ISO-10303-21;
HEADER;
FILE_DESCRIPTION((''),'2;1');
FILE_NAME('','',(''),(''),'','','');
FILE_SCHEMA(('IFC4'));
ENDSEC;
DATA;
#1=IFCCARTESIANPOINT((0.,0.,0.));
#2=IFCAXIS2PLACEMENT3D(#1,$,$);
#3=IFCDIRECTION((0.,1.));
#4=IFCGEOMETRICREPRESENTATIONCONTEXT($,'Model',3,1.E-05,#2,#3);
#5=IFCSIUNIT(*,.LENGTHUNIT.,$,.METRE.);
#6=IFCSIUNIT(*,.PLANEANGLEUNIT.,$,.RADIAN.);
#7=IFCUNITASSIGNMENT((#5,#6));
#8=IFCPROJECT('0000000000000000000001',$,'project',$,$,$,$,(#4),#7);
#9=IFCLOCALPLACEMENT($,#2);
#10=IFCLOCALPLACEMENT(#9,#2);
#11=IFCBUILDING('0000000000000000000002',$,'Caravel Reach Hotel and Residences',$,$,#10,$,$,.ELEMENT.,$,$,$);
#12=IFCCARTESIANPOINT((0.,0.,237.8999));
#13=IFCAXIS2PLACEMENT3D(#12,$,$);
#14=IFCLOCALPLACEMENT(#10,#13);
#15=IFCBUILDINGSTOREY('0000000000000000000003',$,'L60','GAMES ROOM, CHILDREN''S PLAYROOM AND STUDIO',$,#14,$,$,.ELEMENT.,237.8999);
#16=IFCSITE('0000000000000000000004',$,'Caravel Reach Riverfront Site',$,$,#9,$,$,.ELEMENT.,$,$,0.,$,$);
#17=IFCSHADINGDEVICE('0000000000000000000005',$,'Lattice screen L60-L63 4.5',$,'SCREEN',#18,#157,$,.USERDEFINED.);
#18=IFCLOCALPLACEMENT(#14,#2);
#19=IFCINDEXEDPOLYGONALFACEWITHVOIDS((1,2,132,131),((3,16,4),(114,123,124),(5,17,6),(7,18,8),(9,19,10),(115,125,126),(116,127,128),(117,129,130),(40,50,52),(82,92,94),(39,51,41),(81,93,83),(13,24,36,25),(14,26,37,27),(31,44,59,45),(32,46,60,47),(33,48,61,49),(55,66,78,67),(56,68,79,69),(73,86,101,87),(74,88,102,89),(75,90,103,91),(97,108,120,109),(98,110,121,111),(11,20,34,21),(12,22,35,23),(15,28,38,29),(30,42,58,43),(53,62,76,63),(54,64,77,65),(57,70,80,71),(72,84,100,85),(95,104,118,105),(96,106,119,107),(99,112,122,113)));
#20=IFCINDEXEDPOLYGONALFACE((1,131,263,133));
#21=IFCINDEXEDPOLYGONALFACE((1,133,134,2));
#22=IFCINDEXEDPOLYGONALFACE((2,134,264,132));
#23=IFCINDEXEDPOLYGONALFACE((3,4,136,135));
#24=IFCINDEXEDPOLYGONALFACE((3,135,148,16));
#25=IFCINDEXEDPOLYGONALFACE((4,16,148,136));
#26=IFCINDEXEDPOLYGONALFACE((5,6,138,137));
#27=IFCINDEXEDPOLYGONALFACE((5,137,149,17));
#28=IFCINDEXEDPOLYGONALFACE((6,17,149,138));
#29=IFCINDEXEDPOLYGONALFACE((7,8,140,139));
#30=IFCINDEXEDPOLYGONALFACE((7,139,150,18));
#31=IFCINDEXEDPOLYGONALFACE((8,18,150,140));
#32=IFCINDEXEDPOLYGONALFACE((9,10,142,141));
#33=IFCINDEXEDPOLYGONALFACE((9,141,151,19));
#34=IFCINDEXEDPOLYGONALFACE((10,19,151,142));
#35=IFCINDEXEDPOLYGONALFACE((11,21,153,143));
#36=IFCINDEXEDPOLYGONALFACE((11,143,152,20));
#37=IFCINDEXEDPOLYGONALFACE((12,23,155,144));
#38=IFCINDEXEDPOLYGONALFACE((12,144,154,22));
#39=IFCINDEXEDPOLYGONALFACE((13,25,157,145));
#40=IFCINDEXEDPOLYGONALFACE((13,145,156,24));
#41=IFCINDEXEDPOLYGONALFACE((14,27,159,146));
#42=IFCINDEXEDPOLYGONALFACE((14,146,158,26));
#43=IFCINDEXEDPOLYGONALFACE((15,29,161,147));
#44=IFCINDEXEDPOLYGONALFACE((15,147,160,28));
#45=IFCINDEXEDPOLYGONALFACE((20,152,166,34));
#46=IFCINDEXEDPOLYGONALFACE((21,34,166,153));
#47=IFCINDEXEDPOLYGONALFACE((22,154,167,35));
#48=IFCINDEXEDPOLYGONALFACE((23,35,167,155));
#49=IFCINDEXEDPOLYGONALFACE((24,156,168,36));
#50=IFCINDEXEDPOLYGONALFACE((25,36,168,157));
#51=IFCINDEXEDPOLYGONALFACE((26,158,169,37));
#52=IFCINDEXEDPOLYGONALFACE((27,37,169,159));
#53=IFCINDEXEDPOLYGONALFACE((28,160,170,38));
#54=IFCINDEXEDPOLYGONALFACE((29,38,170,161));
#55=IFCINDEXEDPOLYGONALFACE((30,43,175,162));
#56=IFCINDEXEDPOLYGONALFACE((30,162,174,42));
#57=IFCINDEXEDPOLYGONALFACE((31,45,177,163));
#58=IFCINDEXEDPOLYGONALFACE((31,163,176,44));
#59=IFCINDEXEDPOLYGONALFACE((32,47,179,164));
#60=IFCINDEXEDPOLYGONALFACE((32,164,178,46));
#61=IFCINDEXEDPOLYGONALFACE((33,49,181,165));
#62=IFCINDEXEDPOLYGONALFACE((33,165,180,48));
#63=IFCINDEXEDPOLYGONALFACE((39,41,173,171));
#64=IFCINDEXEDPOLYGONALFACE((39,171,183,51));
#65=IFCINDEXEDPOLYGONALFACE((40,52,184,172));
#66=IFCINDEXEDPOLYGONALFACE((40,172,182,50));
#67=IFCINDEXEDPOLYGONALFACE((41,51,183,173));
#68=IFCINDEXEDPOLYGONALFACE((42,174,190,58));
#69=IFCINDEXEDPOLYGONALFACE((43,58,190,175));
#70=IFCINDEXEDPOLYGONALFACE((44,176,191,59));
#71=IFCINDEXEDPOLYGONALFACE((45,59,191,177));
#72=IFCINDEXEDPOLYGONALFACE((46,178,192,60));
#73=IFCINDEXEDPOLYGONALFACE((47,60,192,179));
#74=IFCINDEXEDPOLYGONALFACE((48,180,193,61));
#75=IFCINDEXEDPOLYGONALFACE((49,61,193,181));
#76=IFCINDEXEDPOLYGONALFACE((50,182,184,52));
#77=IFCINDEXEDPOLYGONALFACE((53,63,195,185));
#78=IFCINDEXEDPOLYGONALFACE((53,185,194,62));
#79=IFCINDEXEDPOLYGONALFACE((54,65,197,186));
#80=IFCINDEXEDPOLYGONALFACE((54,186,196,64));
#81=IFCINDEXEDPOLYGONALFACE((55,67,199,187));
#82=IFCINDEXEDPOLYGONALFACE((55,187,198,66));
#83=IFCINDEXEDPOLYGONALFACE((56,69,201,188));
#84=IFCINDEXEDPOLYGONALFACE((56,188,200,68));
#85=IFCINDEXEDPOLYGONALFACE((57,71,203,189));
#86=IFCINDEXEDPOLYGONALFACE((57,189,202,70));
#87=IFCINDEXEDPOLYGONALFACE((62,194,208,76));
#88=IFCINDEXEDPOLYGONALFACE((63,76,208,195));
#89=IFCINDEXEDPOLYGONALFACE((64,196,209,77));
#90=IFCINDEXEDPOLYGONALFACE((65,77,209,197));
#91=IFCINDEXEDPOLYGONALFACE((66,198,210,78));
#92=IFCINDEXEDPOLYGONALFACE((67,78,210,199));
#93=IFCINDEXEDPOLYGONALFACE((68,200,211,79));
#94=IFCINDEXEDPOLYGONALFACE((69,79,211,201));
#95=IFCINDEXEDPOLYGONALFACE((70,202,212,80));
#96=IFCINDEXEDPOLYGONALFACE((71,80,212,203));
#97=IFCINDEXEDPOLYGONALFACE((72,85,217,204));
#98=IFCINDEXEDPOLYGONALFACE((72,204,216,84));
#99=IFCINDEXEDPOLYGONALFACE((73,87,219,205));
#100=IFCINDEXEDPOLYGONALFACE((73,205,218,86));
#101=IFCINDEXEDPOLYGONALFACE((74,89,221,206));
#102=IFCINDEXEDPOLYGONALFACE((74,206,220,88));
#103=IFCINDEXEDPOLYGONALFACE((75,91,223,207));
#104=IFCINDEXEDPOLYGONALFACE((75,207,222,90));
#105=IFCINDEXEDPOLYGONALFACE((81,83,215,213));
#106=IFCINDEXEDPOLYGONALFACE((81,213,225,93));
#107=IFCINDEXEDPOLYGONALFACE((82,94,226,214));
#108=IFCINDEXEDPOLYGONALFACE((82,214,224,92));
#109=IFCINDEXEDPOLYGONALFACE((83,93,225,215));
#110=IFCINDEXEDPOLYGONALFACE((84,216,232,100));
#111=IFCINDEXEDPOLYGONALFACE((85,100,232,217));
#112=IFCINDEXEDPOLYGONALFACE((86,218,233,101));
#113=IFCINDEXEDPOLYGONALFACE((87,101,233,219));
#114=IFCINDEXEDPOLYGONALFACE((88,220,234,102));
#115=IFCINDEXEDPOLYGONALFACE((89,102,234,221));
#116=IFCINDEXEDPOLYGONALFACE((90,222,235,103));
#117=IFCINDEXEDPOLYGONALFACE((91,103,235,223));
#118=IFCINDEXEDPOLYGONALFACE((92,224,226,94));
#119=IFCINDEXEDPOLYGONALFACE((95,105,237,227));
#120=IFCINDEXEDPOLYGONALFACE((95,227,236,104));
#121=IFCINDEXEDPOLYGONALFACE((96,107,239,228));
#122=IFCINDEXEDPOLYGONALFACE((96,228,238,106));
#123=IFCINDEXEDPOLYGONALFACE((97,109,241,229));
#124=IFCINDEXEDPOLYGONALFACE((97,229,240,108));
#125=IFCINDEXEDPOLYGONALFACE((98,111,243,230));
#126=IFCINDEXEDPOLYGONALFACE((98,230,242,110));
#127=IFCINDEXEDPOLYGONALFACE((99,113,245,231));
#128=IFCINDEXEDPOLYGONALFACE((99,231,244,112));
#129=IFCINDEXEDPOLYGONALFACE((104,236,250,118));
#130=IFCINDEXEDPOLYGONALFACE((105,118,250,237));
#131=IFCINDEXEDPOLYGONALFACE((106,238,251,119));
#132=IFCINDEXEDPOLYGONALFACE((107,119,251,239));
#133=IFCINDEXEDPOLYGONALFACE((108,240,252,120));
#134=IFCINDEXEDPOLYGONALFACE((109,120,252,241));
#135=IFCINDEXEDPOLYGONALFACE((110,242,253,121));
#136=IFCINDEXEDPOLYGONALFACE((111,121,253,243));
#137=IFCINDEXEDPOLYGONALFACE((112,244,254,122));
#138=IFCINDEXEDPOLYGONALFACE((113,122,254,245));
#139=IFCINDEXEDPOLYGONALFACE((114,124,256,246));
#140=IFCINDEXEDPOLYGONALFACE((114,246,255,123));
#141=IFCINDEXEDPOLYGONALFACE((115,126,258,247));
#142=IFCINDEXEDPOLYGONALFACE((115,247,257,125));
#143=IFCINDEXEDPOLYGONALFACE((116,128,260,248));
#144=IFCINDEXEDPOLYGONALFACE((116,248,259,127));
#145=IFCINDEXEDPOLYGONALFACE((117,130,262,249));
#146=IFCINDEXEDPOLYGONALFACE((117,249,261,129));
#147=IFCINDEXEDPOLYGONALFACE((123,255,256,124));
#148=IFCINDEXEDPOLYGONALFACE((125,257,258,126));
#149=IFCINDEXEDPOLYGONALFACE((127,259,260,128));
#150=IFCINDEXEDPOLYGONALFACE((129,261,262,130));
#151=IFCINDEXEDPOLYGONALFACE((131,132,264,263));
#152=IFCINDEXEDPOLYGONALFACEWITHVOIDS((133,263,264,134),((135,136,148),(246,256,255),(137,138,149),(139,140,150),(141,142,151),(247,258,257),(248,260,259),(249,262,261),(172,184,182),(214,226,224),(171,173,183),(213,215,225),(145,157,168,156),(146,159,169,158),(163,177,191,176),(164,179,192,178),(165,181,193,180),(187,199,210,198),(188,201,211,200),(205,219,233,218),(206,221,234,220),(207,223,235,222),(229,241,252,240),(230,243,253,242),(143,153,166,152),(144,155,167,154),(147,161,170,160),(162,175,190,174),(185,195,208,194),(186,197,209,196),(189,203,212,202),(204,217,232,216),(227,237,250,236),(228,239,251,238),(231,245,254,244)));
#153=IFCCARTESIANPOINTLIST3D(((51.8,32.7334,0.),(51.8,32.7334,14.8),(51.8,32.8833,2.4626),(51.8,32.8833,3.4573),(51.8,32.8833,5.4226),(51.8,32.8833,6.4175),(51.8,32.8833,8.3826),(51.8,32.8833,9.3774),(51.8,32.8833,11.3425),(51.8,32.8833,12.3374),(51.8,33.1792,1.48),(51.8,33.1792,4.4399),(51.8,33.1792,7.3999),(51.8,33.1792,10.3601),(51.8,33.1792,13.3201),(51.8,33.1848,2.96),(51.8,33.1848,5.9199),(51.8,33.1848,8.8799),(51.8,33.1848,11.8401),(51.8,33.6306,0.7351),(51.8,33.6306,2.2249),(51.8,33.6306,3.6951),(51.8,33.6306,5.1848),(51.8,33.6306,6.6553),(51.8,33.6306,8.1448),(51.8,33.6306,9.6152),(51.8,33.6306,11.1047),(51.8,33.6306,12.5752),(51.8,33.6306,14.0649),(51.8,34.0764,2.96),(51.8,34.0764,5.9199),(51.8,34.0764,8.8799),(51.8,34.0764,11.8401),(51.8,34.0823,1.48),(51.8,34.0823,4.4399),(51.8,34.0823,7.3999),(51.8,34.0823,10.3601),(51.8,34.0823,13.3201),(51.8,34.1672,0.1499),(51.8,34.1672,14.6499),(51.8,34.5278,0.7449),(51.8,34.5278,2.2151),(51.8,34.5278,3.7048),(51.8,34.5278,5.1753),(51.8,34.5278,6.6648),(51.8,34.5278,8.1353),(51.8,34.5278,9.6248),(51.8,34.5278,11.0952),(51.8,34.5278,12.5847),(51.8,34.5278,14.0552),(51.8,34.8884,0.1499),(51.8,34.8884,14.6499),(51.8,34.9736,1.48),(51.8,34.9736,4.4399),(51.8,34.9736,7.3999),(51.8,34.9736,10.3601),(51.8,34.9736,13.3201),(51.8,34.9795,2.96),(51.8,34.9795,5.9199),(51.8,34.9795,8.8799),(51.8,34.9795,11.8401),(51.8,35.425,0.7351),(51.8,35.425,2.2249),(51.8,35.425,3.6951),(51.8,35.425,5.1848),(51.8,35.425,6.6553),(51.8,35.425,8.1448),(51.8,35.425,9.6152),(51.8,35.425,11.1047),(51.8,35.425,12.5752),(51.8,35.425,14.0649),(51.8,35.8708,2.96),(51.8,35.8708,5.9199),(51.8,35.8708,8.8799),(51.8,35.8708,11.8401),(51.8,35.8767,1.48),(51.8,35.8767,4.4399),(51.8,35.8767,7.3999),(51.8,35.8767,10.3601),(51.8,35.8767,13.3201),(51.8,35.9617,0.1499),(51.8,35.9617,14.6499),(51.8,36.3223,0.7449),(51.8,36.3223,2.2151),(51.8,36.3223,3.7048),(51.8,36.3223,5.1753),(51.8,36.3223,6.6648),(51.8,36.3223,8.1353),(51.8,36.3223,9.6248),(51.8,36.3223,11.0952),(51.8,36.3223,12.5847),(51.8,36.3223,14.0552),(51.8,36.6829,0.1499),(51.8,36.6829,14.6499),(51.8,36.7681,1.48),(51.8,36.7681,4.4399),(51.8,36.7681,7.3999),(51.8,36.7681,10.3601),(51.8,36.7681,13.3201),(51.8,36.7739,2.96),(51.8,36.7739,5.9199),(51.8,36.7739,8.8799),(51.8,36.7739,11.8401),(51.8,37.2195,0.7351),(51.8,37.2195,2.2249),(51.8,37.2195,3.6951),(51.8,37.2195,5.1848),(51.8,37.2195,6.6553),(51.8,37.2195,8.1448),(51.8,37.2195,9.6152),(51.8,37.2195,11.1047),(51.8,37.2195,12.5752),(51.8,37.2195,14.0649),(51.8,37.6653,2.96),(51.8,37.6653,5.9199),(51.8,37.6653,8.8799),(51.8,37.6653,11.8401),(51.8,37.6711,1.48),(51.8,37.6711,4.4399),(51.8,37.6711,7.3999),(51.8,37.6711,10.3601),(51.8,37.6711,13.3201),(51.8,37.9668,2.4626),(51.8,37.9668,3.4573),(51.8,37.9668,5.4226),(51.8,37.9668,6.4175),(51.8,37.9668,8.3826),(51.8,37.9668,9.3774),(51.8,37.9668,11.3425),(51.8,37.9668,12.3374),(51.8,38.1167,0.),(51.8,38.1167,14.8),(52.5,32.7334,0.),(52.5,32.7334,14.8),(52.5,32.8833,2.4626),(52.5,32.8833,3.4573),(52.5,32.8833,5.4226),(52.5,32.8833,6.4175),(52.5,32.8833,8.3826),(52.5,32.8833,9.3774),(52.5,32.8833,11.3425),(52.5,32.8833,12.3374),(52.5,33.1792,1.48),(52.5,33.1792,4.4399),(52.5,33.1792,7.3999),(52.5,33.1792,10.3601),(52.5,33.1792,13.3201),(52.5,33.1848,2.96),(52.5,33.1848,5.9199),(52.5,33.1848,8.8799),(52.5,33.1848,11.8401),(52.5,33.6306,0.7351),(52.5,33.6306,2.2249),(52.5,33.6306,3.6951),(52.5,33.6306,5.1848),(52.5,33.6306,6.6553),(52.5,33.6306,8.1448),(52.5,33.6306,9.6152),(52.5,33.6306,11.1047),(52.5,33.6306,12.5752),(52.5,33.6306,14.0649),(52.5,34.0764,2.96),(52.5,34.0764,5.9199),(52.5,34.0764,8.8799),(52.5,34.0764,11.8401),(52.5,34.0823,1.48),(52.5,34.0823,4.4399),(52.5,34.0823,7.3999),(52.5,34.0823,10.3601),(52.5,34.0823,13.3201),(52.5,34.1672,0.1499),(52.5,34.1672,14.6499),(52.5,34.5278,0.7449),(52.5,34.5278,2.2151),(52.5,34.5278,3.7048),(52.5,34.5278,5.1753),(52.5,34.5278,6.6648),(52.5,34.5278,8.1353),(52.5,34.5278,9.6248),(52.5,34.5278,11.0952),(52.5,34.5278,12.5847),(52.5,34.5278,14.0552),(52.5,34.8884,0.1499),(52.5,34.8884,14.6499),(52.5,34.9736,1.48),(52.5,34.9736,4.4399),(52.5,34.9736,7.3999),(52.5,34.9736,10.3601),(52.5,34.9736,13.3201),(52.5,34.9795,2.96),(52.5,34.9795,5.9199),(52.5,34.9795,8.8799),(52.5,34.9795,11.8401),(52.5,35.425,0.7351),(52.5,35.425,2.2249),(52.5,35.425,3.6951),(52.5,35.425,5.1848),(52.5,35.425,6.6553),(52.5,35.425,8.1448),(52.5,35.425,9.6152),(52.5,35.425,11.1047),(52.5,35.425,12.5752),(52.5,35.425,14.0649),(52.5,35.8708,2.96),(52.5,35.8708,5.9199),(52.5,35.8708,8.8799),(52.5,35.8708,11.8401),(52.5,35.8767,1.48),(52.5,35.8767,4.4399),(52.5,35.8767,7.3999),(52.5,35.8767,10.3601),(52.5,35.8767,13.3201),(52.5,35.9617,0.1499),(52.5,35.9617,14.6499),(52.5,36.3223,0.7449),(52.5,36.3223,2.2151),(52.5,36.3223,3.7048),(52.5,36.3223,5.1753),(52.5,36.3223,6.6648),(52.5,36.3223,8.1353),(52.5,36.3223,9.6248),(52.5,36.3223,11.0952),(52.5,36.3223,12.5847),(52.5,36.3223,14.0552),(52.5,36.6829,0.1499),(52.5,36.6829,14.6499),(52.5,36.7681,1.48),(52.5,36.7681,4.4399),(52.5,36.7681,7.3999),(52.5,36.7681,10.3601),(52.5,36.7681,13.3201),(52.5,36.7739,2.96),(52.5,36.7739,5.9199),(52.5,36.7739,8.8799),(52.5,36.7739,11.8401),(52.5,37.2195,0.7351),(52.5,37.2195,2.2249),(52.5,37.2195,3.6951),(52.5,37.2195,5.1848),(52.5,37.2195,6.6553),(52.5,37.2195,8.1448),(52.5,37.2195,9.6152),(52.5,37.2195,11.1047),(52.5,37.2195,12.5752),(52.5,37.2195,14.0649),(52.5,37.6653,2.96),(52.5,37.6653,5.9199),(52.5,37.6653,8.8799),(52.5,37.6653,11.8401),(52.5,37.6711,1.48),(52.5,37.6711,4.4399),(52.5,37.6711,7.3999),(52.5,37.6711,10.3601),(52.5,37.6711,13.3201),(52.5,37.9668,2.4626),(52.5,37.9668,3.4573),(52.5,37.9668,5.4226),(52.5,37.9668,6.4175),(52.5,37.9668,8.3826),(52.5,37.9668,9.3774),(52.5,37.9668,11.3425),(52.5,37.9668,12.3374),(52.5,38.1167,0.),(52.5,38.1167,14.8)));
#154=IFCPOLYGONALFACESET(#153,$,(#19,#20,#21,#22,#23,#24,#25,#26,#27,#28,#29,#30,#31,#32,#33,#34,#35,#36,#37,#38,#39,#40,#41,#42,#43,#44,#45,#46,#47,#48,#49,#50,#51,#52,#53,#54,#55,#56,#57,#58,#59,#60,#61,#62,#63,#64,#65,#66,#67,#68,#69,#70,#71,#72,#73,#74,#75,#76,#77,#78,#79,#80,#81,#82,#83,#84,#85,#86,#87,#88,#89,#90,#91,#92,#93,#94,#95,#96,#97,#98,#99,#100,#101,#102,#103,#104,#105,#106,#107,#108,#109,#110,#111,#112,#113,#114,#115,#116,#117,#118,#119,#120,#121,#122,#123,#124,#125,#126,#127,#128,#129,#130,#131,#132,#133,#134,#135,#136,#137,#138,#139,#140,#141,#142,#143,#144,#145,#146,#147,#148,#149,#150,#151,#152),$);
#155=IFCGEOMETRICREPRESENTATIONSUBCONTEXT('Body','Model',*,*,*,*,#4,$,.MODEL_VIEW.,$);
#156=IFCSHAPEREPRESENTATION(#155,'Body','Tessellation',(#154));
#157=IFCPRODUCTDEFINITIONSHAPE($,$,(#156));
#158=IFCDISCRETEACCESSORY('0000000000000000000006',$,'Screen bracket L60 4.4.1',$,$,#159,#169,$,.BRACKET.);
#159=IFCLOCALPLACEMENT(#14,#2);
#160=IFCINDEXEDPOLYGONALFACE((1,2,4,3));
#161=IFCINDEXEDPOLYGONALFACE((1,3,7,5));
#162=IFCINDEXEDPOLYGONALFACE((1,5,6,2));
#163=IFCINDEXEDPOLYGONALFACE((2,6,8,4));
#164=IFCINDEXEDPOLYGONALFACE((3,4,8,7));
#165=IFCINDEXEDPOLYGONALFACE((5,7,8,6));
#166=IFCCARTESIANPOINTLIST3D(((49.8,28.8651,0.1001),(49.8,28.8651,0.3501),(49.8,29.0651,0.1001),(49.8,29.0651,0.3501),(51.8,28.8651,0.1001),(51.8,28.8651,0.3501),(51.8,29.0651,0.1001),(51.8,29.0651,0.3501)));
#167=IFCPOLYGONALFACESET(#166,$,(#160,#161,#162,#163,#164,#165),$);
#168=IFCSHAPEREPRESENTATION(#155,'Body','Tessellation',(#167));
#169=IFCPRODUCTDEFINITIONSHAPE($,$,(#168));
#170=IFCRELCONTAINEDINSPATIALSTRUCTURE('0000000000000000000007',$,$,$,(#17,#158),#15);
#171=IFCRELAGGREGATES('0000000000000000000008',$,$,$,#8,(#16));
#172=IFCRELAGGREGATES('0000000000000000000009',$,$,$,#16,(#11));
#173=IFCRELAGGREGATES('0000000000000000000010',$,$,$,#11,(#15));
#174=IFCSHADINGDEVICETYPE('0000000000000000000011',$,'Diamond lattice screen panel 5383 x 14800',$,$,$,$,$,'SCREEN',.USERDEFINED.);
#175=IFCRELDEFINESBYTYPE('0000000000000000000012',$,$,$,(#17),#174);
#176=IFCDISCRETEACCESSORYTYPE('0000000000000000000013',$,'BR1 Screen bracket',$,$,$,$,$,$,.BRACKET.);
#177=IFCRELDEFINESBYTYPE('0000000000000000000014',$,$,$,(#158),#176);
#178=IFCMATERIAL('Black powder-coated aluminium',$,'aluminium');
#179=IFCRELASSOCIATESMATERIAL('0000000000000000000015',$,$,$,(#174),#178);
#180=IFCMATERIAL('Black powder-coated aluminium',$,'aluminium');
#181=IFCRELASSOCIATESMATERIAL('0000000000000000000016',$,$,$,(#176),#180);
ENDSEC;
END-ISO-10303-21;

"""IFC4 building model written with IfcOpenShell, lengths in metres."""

from ifc_helpers import new_model, si_unit, direction, frame, origin, origin_2d, place, context, subcontext, project, spatial, polyline, rectangle, outline, extrude, material, type_object, element, save


model = new_model("IFC4")

# Units and contexts
model_context = context("Model", 3, precision=1e-05, world=origin(), true_north=direction((0.0, 1.0)))
body_context = subcontext(model_context, "Body", "Model", "MODEL_VIEW")
ifc_project = project(units=[si_unit("LENGTHUNIT", "METRE"), si_unit("PLANEANGLEUNIT", "RADIAN")], contexts=[model_context])

# Site, building, storey
site_placement = place(None, origin())
site = spatial("IfcSite", under=ifc_project, at=site_placement, Name="Caravel Reach Riverfront Site", CompositionType="ELEMENT", RefElevation=0.0)
building_placement = place(site_placement, origin())
building = spatial("IfcBuilding", under=site, at=building_placement, Name="Caravel Reach Hotel and Residences", CompositionType="ELEMENT")
storey_placement = place(building_placement, frame((0.0, 0.0, 237.8999)))
storey = spatial("IfcBuildingStorey", under=building, at=storey_placement, Name="L60", Description="GAMES ROOM, CHILDREN'S PLAYROOM AND STUDIO", CompositionType="ELEMENT", Elevation=237.8999)

# Shading device
ifc_material_1 = material(Name="Black powder-coated aluminium", Category="aluminium")
shading_device_type = type_object("IfcShadingDeviceType", Name="Diamond lattice screen panel 5383 x 14800", ElementType="SCREEN", PredefinedType="USERDEFINED", material=ifc_material_1)
shading_device_placement = place(storey_placement, frame((51.8, 32.7334, 0.0), z_axis=(1.0, 0.0, 0.0), x_axis=(0.0, 1.0, 0.0)))
element("IfcShadingDevice", 1, at=shading_device_placement, inside=storey, type_object=shading_device_type, Name="Lattice screen L60-L63 4.5", ObjectType="SCREEN", PredefinedType="USERDEFINED", context=body_context, shape_type="SweptSolid", body=[
    extrude(outline(polyline([(0.0, 0.0), (5.3833, 0.0), (5.3833, 14.8), (0.0, 14.8), (0.0, 0.0)]), holes=[polyline([(0.4514, 2.96), (0.1499, 3.4573), (0.1499, 2.4626), (0.4514, 2.96)]), polyline([(0.4514, 5.9199), (0.1499, 6.4175), (0.1499, 5.4226), (0.4514, 5.9199)]), polyline([(0.4514, 8.8799), (0.1499, 9.3774), (0.1499, 8.3826), (0.4514, 8.8799)]), polyline([(0.4514, 11.8401), (0.1499, 12.3374), (0.1499, 11.3425), (0.4514, 11.8401)]), polyline([(0.8972, 2.2249), (0.4458, 1.48), (0.8972, 0.7351), (1.3489, 1.48), (0.8972, 2.2249)]), polyline([(0.8972, 5.1848), (0.4458, 4.4399), (0.8972, 3.6951), (1.3489, 4.4399), (0.8972, 5.1848)]), polyline([(0.8972, 8.1448), (0.4458, 7.3999), (0.8972, 6.6553), (1.3489, 7.3999), (0.8972, 8.1448)]), polyline([(0.8972, 11.1047), (0.4458, 10.3601), (0.8972, 9.6152), (1.3489, 10.3601), (0.8972, 11.1047)]), polyline([(0.8972, 14.0649), (0.4458, 13.3201), (0.8972, 12.5752), (1.3489, 13.3201), (0.8972, 14.0649)]), polyline([(1.7944, 0.7449), (1.4338, 0.1499), (2.155, 0.1499), (1.7944, 0.7449)]), polyline([(1.7944, 3.7048), (1.343, 2.96), (1.7944, 2.2151), (2.2461, 2.96), (1.7944, 3.7048)]), polyline([(1.7944, 6.6648), (1.343, 5.9199), (1.7944, 5.1753), (2.2461, 5.9199), (1.7944, 6.6648)]), polyline([(1.7944, 9.6248), (1.343, 8.8799), (1.7944, 8.1353), (2.2461, 8.8799), (1.7944, 9.6248)]), polyline([(1.7944, 12.5847), (1.343, 11.8401), (1.7944, 11.0952), (2.2461, 11.8401), (1.7944, 12.5847)]), polyline([(1.7944, 14.0552), (2.155, 14.6499), (1.4338, 14.6499), (1.7944, 14.0552)]), polyline([(2.6917, 2.2249), (2.2402, 1.48), (2.6917, 0.7351), (3.1433, 1.48), (2.6917, 2.2249)]), polyline([(2.6917, 5.1848), (2.2402, 4.4399), (2.6917, 3.6951), (3.1433, 4.4399), (2.6917, 5.1848)]), polyline([(2.6917, 8.1448), (2.2402, 7.3999), (2.6917, 6.6553), (3.1433, 7.3999), (2.6917, 8.1448)]), polyline([(2.6917, 11.1047), (2.2402, 10.3601), (2.6917, 9.6152), (3.1433, 10.3601), (2.6917, 11.1047)]), polyline([(2.6917, 14.0649), (2.2402, 13.3201), (2.6917, 12.5752), (3.1433, 13.3201), (2.6917, 14.0649)]), polyline([(3.5889, 0.7449), (3.2283, 0.1499), (3.9495, 0.1499), (3.5889, 0.7449)]), polyline([(3.5889, 3.7048), (3.1375, 2.96), (3.5889, 2.2151), (4.0405, 2.96), (3.5889, 3.7048)]), polyline([(3.5889, 6.6648), (3.1375, 5.9199), (3.5889, 5.1753), (4.0405, 5.9199), (3.5889, 6.6648)]), polyline([(3.5889, 9.6248), (3.1375, 8.8799), (3.5889, 8.1353), (4.0405, 8.8799), (3.5889, 9.6248)]), polyline([(3.5889, 12.5847), (3.1375, 11.8401), (3.5889, 11.0952), (4.0405, 11.8401), (3.5889, 12.5847)]), polyline([(3.5889, 14.0552), (3.9495, 14.6499), (3.2283, 14.6499), (3.5889, 14.0552)]), polyline([(4.4861, 2.2249), (4.0347, 1.48), (4.4861, 0.7351), (4.9377, 1.48), (4.4861, 2.2249)]), polyline([(4.4861, 5.1848), (4.0347, 4.4399), (4.4861, 3.6951), (4.9377, 4.4399), (4.4861, 5.1848)]), polyline([(4.4861, 8.1448), (4.0347, 7.3999), (4.4861, 6.6553), (4.9377, 7.3999), (4.4861, 8.1448)]), polyline([(4.4861, 11.1047), (4.0347, 10.3601), (4.4861, 9.6152), (4.9377, 10.3601), (4.4861, 11.1047)]), polyline([(4.4861, 14.0649), (4.0347, 13.3201), (4.4861, 12.5752), (4.9377, 13.3201), (4.4861, 14.0649)]), polyline([(4.9319, 2.96), (5.2334, 2.4626), (5.2334, 3.4573), (4.9319, 2.96)]), polyline([(4.9319, 5.9199), (5.2334, 5.4226), (5.2334, 6.4175), (4.9319, 5.9199)]), polyline([(4.9319, 8.8799), (5.2334, 8.3826), (5.2334, 9.3774), (4.9319, 8.8799)]), polyline([(4.9319, 11.8401), (5.2334, 11.3425), (5.2334, 12.3374), (4.9319, 11.8401)])]), origin(), (0.0, 0.0, 1.0), 0.7),
])

# Discrete accessory
ifc_material_2 = material(Name="Black powder-coated aluminium", Category="aluminium")
discrete_accessory_type = type_object("IfcDiscreteAccessoryType", Name="BR1 Screen bracket", PredefinedType="BRACKET", material=ifc_material_2)
for number, where, z_axis, x_axis, name in (
    (2, (50.8, 28.9651, 0.1001), (0.0, 0.0, 1.0), (1.0, 0.0, 0.0), "Screen bracket L60 4.4.1"),
):
    element("IfcDiscreteAccessory", number, at=place(storey_placement, frame(where, z_axis=z_axis, x_axis=x_axis)), inside=storey, type_object=discrete_accessory_type, Name=name, PredefinedType="BRACKET", context=body_context, shape_type="SweptSolid", body=[
        extrude(rectangle(XDim=2.0, YDim=0.2, at=origin_2d()), origin(), (0.0, 0.0, 1.0), 0.25),
    ])

save(model, "model.ifc")
